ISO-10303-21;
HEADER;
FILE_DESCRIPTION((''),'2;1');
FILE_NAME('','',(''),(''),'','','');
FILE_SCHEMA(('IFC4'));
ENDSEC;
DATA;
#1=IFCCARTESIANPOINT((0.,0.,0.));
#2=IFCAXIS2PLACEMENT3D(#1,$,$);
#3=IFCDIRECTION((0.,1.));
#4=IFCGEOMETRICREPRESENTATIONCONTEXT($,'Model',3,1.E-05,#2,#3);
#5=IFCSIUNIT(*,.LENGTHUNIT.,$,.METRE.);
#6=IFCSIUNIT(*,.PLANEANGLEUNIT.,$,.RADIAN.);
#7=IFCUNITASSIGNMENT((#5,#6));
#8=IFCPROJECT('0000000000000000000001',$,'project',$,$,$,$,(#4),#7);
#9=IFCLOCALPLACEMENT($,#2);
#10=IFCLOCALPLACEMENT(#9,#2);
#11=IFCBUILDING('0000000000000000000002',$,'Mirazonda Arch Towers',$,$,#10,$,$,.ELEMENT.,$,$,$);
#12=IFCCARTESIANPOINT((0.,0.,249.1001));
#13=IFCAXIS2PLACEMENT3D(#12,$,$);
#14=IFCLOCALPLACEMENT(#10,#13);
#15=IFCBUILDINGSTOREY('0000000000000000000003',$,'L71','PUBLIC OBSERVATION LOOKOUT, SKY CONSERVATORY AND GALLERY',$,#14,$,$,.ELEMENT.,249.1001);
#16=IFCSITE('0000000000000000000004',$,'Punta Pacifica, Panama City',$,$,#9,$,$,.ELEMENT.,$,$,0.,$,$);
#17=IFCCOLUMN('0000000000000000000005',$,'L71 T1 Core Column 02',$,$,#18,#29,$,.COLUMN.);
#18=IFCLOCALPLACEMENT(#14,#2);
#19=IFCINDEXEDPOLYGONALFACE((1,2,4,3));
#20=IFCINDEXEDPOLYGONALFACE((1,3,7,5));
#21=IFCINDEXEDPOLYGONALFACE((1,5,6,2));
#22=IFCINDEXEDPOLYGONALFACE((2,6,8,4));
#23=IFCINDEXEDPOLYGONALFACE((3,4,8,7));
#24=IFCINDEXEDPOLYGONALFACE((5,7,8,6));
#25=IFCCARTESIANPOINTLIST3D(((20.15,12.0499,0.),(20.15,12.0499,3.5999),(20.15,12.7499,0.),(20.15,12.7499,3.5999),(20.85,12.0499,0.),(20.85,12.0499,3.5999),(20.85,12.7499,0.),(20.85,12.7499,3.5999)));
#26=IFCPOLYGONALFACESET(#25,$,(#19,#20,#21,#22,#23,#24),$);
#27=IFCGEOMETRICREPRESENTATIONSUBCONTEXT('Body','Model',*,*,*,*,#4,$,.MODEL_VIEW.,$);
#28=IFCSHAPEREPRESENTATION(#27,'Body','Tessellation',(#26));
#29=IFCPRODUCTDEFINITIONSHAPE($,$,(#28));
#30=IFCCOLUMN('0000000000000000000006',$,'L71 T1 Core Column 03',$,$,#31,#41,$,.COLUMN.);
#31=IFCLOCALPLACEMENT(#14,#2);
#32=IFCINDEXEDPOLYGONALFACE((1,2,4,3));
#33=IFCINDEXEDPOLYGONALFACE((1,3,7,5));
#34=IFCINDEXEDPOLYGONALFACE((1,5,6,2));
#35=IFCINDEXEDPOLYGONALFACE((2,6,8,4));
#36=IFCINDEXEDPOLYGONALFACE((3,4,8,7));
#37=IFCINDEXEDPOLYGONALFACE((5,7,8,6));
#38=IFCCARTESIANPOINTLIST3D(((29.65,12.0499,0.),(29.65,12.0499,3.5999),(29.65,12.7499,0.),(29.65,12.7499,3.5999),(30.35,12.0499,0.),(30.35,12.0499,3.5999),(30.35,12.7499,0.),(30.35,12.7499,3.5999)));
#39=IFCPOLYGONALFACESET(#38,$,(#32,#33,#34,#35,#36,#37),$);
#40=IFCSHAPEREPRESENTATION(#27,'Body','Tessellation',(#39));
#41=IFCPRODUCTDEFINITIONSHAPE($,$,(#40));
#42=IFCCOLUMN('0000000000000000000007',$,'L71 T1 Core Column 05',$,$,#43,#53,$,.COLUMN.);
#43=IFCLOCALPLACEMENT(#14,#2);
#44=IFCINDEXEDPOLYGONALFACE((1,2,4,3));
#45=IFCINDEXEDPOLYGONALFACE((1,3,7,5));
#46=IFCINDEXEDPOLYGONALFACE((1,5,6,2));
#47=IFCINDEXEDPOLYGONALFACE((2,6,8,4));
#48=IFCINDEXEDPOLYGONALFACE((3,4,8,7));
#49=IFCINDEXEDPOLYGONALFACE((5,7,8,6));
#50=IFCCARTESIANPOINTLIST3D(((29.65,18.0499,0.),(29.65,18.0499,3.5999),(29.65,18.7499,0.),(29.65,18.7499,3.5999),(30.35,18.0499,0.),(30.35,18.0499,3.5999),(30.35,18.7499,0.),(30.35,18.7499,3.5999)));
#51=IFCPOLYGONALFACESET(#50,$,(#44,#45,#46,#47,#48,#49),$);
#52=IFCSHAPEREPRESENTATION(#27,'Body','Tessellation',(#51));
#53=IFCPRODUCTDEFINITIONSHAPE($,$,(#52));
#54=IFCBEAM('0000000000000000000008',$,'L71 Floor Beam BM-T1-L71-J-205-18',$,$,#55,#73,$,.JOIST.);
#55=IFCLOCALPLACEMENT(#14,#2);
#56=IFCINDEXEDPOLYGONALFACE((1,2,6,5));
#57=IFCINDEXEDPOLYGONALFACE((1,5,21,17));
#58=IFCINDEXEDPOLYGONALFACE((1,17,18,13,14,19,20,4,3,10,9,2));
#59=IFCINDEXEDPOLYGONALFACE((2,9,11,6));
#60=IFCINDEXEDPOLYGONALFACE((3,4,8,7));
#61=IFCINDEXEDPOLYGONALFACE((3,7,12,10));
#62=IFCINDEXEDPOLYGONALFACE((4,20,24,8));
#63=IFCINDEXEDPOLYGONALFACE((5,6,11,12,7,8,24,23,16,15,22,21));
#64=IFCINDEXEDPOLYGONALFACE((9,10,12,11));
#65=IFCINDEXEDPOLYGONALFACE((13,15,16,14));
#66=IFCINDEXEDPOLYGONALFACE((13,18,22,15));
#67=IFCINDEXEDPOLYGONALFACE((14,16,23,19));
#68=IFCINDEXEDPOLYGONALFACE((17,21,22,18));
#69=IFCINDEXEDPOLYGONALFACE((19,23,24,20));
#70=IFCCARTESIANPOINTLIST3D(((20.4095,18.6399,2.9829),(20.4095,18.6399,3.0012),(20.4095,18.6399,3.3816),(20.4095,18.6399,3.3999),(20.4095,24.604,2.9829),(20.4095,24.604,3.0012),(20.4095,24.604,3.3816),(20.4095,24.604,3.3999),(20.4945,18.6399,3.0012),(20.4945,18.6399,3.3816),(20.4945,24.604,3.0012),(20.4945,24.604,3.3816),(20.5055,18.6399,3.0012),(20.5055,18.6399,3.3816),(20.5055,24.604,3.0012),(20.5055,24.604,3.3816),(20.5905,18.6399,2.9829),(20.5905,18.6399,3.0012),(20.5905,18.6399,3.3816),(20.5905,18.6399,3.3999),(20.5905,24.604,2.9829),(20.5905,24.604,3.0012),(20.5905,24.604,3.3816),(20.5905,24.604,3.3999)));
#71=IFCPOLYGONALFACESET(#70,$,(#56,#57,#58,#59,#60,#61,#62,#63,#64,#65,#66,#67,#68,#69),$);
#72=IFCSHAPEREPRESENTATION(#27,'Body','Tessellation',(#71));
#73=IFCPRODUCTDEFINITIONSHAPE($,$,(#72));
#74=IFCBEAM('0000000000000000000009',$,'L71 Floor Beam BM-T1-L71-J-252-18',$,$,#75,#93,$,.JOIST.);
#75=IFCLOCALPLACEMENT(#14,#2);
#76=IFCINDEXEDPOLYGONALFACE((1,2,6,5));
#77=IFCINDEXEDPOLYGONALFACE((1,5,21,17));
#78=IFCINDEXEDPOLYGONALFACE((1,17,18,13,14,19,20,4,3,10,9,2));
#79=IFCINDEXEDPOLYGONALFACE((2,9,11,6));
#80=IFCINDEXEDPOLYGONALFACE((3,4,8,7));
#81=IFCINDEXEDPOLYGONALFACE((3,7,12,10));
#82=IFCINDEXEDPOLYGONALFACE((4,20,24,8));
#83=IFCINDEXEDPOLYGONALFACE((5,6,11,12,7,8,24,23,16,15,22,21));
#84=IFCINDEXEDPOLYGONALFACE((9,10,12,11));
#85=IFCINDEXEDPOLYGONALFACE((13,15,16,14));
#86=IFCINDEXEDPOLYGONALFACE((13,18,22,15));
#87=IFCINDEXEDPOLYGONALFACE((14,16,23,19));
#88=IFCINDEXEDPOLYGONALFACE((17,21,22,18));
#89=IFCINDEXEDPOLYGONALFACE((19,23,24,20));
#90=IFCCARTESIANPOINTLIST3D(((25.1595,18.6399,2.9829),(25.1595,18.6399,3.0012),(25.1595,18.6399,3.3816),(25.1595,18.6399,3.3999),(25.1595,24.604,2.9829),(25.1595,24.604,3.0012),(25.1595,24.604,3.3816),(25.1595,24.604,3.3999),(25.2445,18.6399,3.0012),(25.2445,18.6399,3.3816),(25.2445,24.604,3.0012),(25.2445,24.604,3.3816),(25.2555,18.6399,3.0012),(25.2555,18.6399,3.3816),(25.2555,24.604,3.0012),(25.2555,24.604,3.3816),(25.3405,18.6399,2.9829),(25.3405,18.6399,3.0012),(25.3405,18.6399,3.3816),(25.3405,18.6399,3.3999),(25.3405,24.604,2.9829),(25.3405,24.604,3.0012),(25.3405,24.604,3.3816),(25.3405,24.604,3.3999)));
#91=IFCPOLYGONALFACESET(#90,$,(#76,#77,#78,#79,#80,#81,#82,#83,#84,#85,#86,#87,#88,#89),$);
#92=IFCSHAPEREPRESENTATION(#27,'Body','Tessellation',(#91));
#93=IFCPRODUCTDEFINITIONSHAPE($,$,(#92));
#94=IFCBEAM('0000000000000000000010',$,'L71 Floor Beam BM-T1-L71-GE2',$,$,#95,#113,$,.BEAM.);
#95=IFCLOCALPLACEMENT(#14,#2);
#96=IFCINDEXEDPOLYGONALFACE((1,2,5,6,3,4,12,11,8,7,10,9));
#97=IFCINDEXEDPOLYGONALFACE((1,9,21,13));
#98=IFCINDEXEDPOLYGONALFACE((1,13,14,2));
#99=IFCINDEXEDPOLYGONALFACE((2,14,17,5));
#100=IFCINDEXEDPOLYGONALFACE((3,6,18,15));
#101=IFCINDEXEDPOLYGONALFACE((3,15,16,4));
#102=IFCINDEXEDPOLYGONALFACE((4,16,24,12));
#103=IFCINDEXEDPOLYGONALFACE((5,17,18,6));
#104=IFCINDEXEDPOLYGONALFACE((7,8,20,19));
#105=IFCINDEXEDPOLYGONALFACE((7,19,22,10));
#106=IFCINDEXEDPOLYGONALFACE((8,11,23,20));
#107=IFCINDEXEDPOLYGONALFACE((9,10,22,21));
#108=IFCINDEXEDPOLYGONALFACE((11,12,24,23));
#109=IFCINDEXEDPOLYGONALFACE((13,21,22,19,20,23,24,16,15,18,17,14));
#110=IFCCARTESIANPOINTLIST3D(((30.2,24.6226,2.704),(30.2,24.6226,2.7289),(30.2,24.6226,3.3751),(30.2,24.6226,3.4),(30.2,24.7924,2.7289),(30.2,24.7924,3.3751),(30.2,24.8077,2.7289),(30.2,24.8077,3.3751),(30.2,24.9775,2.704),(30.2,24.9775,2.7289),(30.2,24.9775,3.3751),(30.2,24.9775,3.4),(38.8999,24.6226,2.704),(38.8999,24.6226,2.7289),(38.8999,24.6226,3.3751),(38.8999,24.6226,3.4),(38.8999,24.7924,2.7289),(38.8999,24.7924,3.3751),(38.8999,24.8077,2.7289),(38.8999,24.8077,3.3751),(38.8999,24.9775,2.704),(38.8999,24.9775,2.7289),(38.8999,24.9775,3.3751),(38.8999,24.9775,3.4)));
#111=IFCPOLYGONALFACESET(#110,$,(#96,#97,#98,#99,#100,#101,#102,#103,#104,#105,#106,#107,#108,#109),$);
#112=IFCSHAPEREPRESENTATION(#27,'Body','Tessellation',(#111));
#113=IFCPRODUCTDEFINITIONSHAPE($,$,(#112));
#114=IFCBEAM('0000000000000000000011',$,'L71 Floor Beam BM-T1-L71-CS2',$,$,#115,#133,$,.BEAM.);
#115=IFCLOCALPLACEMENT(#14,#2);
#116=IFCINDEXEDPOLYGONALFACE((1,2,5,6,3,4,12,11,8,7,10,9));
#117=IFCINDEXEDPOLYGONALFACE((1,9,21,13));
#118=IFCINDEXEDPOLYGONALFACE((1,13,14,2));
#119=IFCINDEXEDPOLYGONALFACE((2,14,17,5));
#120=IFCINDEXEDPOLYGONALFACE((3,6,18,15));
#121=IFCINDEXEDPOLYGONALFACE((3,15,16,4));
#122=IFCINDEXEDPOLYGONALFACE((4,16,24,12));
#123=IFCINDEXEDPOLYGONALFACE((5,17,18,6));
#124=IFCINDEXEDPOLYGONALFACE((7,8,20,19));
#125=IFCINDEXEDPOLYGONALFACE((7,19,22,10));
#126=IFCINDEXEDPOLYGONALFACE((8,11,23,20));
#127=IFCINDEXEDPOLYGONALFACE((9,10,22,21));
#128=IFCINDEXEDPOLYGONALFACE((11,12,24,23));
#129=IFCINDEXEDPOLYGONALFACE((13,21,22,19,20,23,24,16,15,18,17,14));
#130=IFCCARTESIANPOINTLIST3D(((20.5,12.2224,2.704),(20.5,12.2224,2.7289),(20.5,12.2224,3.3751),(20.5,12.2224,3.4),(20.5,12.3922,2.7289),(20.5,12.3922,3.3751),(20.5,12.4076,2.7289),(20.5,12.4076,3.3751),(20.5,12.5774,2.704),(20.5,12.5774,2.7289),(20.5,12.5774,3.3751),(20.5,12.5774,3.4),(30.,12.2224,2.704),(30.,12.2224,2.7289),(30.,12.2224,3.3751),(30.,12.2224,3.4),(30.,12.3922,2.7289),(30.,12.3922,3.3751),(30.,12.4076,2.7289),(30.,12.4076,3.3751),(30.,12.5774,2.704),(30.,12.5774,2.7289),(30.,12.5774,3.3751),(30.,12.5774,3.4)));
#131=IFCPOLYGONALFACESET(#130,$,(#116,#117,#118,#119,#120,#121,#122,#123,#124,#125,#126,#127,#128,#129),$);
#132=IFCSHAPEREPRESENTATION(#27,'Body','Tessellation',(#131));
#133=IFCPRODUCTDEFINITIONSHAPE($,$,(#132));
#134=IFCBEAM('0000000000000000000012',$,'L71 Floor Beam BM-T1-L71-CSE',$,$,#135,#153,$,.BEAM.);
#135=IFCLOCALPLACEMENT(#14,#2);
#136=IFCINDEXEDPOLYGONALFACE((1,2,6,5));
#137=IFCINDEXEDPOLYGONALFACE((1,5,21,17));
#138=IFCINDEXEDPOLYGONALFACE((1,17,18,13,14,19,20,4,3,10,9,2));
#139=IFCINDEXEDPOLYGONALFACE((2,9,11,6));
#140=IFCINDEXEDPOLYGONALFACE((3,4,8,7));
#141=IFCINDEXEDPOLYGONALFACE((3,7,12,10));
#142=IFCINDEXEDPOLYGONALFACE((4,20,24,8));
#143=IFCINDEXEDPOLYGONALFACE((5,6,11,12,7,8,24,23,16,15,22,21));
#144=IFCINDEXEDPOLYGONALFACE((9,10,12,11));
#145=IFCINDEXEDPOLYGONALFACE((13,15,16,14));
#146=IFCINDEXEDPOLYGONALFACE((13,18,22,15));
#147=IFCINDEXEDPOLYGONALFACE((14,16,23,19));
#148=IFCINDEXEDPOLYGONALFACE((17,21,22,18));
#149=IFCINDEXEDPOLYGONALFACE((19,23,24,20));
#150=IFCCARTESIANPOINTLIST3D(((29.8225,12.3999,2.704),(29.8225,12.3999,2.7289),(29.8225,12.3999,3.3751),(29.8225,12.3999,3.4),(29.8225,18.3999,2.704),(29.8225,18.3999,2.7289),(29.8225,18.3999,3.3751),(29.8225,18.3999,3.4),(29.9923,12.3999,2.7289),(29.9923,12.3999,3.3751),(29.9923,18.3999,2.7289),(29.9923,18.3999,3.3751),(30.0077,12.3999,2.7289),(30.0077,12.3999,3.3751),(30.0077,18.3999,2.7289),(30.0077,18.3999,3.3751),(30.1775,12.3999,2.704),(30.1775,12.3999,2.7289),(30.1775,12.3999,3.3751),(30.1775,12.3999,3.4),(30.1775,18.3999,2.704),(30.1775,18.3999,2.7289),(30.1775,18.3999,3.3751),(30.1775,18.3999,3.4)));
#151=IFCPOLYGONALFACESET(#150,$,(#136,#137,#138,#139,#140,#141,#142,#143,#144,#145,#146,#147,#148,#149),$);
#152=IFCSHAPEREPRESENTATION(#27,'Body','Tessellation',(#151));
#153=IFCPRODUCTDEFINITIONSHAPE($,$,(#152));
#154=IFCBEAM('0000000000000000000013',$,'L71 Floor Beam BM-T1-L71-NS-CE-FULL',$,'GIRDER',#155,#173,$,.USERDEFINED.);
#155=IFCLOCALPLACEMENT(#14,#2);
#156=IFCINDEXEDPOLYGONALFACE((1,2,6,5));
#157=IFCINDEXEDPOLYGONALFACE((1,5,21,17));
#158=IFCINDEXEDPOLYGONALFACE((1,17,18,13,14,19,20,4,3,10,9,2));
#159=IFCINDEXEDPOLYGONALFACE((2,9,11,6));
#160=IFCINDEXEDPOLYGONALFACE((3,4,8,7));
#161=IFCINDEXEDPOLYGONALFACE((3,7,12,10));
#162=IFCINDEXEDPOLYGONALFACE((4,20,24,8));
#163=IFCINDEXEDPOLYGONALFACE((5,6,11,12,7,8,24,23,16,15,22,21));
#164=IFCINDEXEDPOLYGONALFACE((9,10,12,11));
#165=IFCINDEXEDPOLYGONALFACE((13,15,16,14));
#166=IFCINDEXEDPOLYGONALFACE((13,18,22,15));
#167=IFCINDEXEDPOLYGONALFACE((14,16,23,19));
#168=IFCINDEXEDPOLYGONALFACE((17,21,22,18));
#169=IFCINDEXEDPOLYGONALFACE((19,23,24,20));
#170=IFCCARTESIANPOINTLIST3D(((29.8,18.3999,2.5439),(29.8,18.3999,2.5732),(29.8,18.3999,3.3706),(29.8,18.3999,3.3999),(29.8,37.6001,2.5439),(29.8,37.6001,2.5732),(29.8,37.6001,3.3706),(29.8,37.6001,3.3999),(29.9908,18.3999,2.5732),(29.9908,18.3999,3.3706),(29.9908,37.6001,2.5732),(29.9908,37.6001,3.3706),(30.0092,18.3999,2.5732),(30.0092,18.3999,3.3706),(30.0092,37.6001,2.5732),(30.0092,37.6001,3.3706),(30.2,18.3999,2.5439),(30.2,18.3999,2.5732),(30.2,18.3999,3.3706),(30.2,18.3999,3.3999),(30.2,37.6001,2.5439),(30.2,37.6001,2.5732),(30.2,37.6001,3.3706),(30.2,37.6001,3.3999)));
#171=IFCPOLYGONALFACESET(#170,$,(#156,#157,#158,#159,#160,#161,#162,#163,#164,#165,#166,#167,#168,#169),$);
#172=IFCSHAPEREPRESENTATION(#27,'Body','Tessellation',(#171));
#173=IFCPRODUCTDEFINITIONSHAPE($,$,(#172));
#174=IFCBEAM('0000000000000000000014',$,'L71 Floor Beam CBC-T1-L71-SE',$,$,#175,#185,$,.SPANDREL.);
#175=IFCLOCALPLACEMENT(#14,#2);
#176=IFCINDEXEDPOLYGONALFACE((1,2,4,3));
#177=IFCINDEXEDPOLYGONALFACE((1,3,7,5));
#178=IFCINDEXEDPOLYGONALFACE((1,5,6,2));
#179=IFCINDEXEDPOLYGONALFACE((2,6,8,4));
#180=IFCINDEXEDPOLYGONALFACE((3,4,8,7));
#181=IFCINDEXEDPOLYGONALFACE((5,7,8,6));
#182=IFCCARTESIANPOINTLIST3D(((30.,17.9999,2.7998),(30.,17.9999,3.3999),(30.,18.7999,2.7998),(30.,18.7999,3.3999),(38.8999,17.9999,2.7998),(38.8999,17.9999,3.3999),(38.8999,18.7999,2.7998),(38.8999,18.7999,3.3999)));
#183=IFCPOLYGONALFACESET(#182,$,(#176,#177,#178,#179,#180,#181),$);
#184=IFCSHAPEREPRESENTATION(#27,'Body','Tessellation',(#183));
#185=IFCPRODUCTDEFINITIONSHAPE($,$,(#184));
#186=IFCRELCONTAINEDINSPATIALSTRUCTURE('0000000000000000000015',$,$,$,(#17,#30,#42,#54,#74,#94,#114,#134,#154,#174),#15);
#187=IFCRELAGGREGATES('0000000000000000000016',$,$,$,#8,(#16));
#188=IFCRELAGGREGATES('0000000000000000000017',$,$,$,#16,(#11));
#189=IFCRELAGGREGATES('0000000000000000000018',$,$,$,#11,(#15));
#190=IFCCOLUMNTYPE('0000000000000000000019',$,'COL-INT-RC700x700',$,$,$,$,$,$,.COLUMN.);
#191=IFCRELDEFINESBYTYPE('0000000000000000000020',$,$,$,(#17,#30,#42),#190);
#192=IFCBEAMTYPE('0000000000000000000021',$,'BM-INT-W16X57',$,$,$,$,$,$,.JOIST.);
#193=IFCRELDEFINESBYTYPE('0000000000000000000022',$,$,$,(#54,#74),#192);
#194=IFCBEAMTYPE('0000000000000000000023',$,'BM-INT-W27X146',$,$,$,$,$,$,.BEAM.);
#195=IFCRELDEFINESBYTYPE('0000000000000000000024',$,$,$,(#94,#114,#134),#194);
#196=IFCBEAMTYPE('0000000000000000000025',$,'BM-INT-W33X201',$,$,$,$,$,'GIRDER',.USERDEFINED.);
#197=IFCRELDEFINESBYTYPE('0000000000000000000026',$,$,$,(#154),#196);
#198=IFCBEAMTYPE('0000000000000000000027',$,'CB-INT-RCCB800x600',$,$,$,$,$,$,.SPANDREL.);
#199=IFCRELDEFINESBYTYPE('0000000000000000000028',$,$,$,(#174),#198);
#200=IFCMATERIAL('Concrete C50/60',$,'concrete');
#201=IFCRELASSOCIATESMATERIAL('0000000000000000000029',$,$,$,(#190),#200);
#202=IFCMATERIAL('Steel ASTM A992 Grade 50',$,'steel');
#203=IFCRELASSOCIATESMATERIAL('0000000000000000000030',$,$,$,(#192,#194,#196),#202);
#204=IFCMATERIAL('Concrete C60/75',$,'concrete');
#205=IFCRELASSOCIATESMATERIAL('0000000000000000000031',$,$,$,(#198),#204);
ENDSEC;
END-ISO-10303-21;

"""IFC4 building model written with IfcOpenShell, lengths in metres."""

from ifc_helpers import new_model, si_unit, direction, frame, origin, origin_2d, place, context, subcontext, project, spatial, rectangle, i_section, extrude, material, material_profile, profile_set, type_object, element, save


model = new_model("IFC4")

# Units and contexts
model_context = context("Model", 3, precision=1e-05, world=origin(), true_north=direction((0.0, 1.0)))
body_context = subcontext(model_context, "Body", "Model", "MODEL_VIEW")
ifc_project = project(units=[si_unit("LENGTHUNIT", "METRE"), si_unit("PLANEANGLEUNIT", "RADIAN")], contexts=[model_context])

# Site, building, storey
site_placement = place(None, origin())
site = spatial("IfcSite", under=ifc_project, at=site_placement, Name="Punta Pacifica, Panama City", CompositionType="ELEMENT", RefElevation=0.0)
building_placement = place(site_placement, origin())
building = spatial("IfcBuilding", under=site, at=building_placement, Name="Mirazonda Arch Towers", CompositionType="ELEMENT")
storey_placement = place(building_placement, frame((0.0, 0.0, 249.1001)))
storey = spatial("IfcBuildingStorey", under=building, at=storey_placement, Name="L71", Description="PUBLIC OBSERVATION LOOKOUT, SKY CONSERVATORY AND GALLERY", CompositionType="ELEMENT", Elevation=249.1001)

# Columns
ifc_material_1 = material(Name="Concrete C50/60", Category="concrete")
ifc_material_profile_1 = material_profile(ifc_material_1, rectangle(XDim=0.7, YDim=0.7, at=origin_2d()), Name="RC700x700")
ifc_profile_set_1 = profile_set([ifc_material_profile_1], Name="Concrete C50/60")
column_type = type_object("IfcColumnType", Name="COL-INT-RC700x700", PredefinedType="COLUMN", material=ifc_profile_set_1)
for number, where, z_axis, x_axis, name in (
    (1, (20.5, 12.3999, 0.0), (0.0, 0.0, 1.0), (1.0, 0.0, 0.0), "L71 T1 Core Column 02"),
    (2, (30.0, 12.3999, 0.0), (0.0, 0.0, 1.0), (1.0, 0.0, 0.0), "L71 T1 Core Column 03"),
    (3, (30.0, 18.3999, 0.0), (0.0, 0.0, 1.0), (1.0, 0.0, 0.0), "L71 T1 Core Column 05"),
):
    element("IfcColumn", number, at=place(storey_placement, frame(where, z_axis=z_axis, x_axis=x_axis)), inside=storey, type_object=column_type, Name=name, PredefinedType="COLUMN", context=body_context, shape_type="SweptSolid", body=[
        extrude(rectangle(XDim=0.7, YDim=0.7, at=origin_2d()), origin(), (0.0, 0.0, 1.0), 3.5999),
    ])

# Beams
ifc_material_2 = material(Name="Steel ASTM A992 Grade 50", Category="steel")
ifc_material_profile_2 = material_profile(ifc_material_2, i_section(OverallWidth=0.1809, OverallDepth=0.417, WebThickness=0.011, FlangeThickness=0.0183, at=origin_2d()), Name="W16X57")
ifc_profile_set_2 = profile_set([ifc_material_profile_2], Name="Steel ASTM A992 Grade 50")
beam_type_1 = type_object("IfcBeamType", Name="BM-INT-W16X57", PredefinedType="JOIST", material=ifc_profile_set_2)
for number, where, z_axis, x_axis, name in (
    (4, (20.5, 18.6399, 3.1914), (0.0, 1.0, 0.0), (-1.0, 0.0, 0.0), "L71 Floor Beam BM-T1-L71-J-205-18"),
    (5, (25.25, 18.6399, 3.1914), (0.0, 1.0, 0.0), (-1.0, 0.0, 0.0), "L71 Floor Beam BM-T1-L71-J-252-18"),
):
    element("IfcBeam", number, at=place(storey_placement, frame(where, z_axis=z_axis, x_axis=x_axis)), inside=storey, type_object=beam_type_1, Name=name, PredefinedType="JOIST", context=body_context, shape_type="SweptSolid", body=[
        extrude(i_section(OverallWidth=0.1809, OverallDepth=0.417, WebThickness=0.011, FlangeThickness=0.0183, at=origin_2d()), origin(), (0.0, 0.0, 1.0), 5.9641),
    ])
ifc_material_profile_3 = material_profile(ifc_material_2, i_section(OverallWidth=0.355, OverallDepth=0.696, WebThickness=0.0154, FlangeThickness=0.0249, at=origin_2d()), Name="W27X146")
ifc_profile_set_3 = profile_set([ifc_material_profile_3], Name="Steel ASTM A992 Grade 50")
beam_type_2 = type_object("IfcBeamType", Name="BM-INT-W27X146", PredefinedType="BEAM", material=ifc_profile_set_3)
beam_1_placement = place(storey_placement, frame((30.2, 24.8, 3.052), z_axis=(1.0, 0.0, 0.0), x_axis=(0.0, 1.0, 0.0)))
element("IfcBeam", 6, at=beam_1_placement, inside=storey, type_object=beam_type_2, Name="L71 Floor Beam BM-T1-L71-GE2", PredefinedType="BEAM", context=body_context, shape_type="SweptSolid", body=[
    extrude(i_section(OverallWidth=0.355, OverallDepth=0.696, WebThickness=0.0154, FlangeThickness=0.0249, at=origin_2d()), origin(), (0.0, 0.0, 1.0), 8.7),
])
beam_2_placement = place(storey_placement, frame((20.5, 12.3999, 3.052), z_axis=(1.0, 0.0, 0.0), x_axis=(0.0, 1.0, 0.0)))
element("IfcBeam", 7, at=beam_2_placement, inside=storey, type_object=beam_type_2, Name="L71 Floor Beam BM-T1-L71-CS2", PredefinedType="BEAM", context=body_context, shape_type="SweptSolid", body=[
    extrude(i_section(OverallWidth=0.355, OverallDepth=0.696, WebThickness=0.0154, FlangeThickness=0.0249, at=origin_2d()), origin(), (0.0, 0.0, 1.0), 9.5),
])
beam_3_placement = place(storey_placement, frame((30.0, 12.3999, 3.052), z_axis=(0.0, 1.0, 0.0), x_axis=(-1.0, 0.0, 0.0)))
element("IfcBeam", 8, at=beam_3_placement, inside=storey, type_object=beam_type_2, Name="L71 Floor Beam BM-T1-L71-CSE", PredefinedType="BEAM", context=body_context, shape_type="SweptSolid", body=[
    extrude(i_section(OverallWidth=0.355, OverallDepth=0.696, WebThickness=0.0154, FlangeThickness=0.0249, at=origin_2d()), origin(), (0.0, 0.0, 1.0), 6.0),
])
ifc_material_profile_4 = material_profile(ifc_material_2, i_section(OverallWidth=0.3999, OverallDepth=0.856, WebThickness=0.0183, FlangeThickness=0.0293, at=origin_2d()), Name="W33X201")
ifc_profile_set_4 = profile_set([ifc_material_profile_4], Name="Steel ASTM A992 Grade 50")
beam_type_3 = type_object("IfcBeamType", Name="BM-INT-W33X201", ElementType="GIRDER", PredefinedType="USERDEFINED", material=ifc_profile_set_4)
beam_4_placement = place(storey_placement, frame((30.0, 18.3999, 2.9719), z_axis=(0.0, 1.0, 0.0), x_axis=(-1.0, 0.0, 0.0)))
element("IfcBeam", 9, at=beam_4_placement, inside=storey, type_object=beam_type_3, Name="L71 Floor Beam BM-T1-L71-NS-CE-FULL", ObjectType="GIRDER", PredefinedType="USERDEFINED", context=body_context, shape_type="SweptSolid", body=[
    extrude(i_section(OverallWidth=0.3999, OverallDepth=0.856, WebThickness=0.0183, FlangeThickness=0.0293, at=origin_2d()), origin(), (0.0, 0.0, 1.0), 19.2002),
])
ifc_material_3 = material(Name="Concrete C60/75", Category="concrete")
ifc_material_profile_5 = material_profile(ifc_material_3, rectangle(XDim=0.8, YDim=0.6001, at=origin_2d()), Name="RCCB800x600")
ifc_profile_set_5 = profile_set([ifc_material_profile_5], Name="Concrete C60/75")
beam_type_4 = type_object("IfcBeamType", Name="CB-INT-RCCB800x600", PredefinedType="SPANDREL", material=ifc_profile_set_5)
beam_5_placement = place(storey_placement, frame((30.0, 18.3999, 3.0999), z_axis=(1.0, 0.0, 0.0), x_axis=(0.0, 1.0, 0.0)))
element("IfcBeam", 10, at=beam_5_placement, inside=storey, type_object=beam_type_4, Name="L71 Floor Beam CBC-T1-L71-SE", PredefinedType="SPANDREL", context=body_context, shape_type="SweptSolid", body=[
    extrude(rectangle(XDim=0.8, YDim=0.6001, at=origin_2d()), origin(), (0.0, 0.0, 1.0), 8.8999),
])

save(model, "model.ifc")
